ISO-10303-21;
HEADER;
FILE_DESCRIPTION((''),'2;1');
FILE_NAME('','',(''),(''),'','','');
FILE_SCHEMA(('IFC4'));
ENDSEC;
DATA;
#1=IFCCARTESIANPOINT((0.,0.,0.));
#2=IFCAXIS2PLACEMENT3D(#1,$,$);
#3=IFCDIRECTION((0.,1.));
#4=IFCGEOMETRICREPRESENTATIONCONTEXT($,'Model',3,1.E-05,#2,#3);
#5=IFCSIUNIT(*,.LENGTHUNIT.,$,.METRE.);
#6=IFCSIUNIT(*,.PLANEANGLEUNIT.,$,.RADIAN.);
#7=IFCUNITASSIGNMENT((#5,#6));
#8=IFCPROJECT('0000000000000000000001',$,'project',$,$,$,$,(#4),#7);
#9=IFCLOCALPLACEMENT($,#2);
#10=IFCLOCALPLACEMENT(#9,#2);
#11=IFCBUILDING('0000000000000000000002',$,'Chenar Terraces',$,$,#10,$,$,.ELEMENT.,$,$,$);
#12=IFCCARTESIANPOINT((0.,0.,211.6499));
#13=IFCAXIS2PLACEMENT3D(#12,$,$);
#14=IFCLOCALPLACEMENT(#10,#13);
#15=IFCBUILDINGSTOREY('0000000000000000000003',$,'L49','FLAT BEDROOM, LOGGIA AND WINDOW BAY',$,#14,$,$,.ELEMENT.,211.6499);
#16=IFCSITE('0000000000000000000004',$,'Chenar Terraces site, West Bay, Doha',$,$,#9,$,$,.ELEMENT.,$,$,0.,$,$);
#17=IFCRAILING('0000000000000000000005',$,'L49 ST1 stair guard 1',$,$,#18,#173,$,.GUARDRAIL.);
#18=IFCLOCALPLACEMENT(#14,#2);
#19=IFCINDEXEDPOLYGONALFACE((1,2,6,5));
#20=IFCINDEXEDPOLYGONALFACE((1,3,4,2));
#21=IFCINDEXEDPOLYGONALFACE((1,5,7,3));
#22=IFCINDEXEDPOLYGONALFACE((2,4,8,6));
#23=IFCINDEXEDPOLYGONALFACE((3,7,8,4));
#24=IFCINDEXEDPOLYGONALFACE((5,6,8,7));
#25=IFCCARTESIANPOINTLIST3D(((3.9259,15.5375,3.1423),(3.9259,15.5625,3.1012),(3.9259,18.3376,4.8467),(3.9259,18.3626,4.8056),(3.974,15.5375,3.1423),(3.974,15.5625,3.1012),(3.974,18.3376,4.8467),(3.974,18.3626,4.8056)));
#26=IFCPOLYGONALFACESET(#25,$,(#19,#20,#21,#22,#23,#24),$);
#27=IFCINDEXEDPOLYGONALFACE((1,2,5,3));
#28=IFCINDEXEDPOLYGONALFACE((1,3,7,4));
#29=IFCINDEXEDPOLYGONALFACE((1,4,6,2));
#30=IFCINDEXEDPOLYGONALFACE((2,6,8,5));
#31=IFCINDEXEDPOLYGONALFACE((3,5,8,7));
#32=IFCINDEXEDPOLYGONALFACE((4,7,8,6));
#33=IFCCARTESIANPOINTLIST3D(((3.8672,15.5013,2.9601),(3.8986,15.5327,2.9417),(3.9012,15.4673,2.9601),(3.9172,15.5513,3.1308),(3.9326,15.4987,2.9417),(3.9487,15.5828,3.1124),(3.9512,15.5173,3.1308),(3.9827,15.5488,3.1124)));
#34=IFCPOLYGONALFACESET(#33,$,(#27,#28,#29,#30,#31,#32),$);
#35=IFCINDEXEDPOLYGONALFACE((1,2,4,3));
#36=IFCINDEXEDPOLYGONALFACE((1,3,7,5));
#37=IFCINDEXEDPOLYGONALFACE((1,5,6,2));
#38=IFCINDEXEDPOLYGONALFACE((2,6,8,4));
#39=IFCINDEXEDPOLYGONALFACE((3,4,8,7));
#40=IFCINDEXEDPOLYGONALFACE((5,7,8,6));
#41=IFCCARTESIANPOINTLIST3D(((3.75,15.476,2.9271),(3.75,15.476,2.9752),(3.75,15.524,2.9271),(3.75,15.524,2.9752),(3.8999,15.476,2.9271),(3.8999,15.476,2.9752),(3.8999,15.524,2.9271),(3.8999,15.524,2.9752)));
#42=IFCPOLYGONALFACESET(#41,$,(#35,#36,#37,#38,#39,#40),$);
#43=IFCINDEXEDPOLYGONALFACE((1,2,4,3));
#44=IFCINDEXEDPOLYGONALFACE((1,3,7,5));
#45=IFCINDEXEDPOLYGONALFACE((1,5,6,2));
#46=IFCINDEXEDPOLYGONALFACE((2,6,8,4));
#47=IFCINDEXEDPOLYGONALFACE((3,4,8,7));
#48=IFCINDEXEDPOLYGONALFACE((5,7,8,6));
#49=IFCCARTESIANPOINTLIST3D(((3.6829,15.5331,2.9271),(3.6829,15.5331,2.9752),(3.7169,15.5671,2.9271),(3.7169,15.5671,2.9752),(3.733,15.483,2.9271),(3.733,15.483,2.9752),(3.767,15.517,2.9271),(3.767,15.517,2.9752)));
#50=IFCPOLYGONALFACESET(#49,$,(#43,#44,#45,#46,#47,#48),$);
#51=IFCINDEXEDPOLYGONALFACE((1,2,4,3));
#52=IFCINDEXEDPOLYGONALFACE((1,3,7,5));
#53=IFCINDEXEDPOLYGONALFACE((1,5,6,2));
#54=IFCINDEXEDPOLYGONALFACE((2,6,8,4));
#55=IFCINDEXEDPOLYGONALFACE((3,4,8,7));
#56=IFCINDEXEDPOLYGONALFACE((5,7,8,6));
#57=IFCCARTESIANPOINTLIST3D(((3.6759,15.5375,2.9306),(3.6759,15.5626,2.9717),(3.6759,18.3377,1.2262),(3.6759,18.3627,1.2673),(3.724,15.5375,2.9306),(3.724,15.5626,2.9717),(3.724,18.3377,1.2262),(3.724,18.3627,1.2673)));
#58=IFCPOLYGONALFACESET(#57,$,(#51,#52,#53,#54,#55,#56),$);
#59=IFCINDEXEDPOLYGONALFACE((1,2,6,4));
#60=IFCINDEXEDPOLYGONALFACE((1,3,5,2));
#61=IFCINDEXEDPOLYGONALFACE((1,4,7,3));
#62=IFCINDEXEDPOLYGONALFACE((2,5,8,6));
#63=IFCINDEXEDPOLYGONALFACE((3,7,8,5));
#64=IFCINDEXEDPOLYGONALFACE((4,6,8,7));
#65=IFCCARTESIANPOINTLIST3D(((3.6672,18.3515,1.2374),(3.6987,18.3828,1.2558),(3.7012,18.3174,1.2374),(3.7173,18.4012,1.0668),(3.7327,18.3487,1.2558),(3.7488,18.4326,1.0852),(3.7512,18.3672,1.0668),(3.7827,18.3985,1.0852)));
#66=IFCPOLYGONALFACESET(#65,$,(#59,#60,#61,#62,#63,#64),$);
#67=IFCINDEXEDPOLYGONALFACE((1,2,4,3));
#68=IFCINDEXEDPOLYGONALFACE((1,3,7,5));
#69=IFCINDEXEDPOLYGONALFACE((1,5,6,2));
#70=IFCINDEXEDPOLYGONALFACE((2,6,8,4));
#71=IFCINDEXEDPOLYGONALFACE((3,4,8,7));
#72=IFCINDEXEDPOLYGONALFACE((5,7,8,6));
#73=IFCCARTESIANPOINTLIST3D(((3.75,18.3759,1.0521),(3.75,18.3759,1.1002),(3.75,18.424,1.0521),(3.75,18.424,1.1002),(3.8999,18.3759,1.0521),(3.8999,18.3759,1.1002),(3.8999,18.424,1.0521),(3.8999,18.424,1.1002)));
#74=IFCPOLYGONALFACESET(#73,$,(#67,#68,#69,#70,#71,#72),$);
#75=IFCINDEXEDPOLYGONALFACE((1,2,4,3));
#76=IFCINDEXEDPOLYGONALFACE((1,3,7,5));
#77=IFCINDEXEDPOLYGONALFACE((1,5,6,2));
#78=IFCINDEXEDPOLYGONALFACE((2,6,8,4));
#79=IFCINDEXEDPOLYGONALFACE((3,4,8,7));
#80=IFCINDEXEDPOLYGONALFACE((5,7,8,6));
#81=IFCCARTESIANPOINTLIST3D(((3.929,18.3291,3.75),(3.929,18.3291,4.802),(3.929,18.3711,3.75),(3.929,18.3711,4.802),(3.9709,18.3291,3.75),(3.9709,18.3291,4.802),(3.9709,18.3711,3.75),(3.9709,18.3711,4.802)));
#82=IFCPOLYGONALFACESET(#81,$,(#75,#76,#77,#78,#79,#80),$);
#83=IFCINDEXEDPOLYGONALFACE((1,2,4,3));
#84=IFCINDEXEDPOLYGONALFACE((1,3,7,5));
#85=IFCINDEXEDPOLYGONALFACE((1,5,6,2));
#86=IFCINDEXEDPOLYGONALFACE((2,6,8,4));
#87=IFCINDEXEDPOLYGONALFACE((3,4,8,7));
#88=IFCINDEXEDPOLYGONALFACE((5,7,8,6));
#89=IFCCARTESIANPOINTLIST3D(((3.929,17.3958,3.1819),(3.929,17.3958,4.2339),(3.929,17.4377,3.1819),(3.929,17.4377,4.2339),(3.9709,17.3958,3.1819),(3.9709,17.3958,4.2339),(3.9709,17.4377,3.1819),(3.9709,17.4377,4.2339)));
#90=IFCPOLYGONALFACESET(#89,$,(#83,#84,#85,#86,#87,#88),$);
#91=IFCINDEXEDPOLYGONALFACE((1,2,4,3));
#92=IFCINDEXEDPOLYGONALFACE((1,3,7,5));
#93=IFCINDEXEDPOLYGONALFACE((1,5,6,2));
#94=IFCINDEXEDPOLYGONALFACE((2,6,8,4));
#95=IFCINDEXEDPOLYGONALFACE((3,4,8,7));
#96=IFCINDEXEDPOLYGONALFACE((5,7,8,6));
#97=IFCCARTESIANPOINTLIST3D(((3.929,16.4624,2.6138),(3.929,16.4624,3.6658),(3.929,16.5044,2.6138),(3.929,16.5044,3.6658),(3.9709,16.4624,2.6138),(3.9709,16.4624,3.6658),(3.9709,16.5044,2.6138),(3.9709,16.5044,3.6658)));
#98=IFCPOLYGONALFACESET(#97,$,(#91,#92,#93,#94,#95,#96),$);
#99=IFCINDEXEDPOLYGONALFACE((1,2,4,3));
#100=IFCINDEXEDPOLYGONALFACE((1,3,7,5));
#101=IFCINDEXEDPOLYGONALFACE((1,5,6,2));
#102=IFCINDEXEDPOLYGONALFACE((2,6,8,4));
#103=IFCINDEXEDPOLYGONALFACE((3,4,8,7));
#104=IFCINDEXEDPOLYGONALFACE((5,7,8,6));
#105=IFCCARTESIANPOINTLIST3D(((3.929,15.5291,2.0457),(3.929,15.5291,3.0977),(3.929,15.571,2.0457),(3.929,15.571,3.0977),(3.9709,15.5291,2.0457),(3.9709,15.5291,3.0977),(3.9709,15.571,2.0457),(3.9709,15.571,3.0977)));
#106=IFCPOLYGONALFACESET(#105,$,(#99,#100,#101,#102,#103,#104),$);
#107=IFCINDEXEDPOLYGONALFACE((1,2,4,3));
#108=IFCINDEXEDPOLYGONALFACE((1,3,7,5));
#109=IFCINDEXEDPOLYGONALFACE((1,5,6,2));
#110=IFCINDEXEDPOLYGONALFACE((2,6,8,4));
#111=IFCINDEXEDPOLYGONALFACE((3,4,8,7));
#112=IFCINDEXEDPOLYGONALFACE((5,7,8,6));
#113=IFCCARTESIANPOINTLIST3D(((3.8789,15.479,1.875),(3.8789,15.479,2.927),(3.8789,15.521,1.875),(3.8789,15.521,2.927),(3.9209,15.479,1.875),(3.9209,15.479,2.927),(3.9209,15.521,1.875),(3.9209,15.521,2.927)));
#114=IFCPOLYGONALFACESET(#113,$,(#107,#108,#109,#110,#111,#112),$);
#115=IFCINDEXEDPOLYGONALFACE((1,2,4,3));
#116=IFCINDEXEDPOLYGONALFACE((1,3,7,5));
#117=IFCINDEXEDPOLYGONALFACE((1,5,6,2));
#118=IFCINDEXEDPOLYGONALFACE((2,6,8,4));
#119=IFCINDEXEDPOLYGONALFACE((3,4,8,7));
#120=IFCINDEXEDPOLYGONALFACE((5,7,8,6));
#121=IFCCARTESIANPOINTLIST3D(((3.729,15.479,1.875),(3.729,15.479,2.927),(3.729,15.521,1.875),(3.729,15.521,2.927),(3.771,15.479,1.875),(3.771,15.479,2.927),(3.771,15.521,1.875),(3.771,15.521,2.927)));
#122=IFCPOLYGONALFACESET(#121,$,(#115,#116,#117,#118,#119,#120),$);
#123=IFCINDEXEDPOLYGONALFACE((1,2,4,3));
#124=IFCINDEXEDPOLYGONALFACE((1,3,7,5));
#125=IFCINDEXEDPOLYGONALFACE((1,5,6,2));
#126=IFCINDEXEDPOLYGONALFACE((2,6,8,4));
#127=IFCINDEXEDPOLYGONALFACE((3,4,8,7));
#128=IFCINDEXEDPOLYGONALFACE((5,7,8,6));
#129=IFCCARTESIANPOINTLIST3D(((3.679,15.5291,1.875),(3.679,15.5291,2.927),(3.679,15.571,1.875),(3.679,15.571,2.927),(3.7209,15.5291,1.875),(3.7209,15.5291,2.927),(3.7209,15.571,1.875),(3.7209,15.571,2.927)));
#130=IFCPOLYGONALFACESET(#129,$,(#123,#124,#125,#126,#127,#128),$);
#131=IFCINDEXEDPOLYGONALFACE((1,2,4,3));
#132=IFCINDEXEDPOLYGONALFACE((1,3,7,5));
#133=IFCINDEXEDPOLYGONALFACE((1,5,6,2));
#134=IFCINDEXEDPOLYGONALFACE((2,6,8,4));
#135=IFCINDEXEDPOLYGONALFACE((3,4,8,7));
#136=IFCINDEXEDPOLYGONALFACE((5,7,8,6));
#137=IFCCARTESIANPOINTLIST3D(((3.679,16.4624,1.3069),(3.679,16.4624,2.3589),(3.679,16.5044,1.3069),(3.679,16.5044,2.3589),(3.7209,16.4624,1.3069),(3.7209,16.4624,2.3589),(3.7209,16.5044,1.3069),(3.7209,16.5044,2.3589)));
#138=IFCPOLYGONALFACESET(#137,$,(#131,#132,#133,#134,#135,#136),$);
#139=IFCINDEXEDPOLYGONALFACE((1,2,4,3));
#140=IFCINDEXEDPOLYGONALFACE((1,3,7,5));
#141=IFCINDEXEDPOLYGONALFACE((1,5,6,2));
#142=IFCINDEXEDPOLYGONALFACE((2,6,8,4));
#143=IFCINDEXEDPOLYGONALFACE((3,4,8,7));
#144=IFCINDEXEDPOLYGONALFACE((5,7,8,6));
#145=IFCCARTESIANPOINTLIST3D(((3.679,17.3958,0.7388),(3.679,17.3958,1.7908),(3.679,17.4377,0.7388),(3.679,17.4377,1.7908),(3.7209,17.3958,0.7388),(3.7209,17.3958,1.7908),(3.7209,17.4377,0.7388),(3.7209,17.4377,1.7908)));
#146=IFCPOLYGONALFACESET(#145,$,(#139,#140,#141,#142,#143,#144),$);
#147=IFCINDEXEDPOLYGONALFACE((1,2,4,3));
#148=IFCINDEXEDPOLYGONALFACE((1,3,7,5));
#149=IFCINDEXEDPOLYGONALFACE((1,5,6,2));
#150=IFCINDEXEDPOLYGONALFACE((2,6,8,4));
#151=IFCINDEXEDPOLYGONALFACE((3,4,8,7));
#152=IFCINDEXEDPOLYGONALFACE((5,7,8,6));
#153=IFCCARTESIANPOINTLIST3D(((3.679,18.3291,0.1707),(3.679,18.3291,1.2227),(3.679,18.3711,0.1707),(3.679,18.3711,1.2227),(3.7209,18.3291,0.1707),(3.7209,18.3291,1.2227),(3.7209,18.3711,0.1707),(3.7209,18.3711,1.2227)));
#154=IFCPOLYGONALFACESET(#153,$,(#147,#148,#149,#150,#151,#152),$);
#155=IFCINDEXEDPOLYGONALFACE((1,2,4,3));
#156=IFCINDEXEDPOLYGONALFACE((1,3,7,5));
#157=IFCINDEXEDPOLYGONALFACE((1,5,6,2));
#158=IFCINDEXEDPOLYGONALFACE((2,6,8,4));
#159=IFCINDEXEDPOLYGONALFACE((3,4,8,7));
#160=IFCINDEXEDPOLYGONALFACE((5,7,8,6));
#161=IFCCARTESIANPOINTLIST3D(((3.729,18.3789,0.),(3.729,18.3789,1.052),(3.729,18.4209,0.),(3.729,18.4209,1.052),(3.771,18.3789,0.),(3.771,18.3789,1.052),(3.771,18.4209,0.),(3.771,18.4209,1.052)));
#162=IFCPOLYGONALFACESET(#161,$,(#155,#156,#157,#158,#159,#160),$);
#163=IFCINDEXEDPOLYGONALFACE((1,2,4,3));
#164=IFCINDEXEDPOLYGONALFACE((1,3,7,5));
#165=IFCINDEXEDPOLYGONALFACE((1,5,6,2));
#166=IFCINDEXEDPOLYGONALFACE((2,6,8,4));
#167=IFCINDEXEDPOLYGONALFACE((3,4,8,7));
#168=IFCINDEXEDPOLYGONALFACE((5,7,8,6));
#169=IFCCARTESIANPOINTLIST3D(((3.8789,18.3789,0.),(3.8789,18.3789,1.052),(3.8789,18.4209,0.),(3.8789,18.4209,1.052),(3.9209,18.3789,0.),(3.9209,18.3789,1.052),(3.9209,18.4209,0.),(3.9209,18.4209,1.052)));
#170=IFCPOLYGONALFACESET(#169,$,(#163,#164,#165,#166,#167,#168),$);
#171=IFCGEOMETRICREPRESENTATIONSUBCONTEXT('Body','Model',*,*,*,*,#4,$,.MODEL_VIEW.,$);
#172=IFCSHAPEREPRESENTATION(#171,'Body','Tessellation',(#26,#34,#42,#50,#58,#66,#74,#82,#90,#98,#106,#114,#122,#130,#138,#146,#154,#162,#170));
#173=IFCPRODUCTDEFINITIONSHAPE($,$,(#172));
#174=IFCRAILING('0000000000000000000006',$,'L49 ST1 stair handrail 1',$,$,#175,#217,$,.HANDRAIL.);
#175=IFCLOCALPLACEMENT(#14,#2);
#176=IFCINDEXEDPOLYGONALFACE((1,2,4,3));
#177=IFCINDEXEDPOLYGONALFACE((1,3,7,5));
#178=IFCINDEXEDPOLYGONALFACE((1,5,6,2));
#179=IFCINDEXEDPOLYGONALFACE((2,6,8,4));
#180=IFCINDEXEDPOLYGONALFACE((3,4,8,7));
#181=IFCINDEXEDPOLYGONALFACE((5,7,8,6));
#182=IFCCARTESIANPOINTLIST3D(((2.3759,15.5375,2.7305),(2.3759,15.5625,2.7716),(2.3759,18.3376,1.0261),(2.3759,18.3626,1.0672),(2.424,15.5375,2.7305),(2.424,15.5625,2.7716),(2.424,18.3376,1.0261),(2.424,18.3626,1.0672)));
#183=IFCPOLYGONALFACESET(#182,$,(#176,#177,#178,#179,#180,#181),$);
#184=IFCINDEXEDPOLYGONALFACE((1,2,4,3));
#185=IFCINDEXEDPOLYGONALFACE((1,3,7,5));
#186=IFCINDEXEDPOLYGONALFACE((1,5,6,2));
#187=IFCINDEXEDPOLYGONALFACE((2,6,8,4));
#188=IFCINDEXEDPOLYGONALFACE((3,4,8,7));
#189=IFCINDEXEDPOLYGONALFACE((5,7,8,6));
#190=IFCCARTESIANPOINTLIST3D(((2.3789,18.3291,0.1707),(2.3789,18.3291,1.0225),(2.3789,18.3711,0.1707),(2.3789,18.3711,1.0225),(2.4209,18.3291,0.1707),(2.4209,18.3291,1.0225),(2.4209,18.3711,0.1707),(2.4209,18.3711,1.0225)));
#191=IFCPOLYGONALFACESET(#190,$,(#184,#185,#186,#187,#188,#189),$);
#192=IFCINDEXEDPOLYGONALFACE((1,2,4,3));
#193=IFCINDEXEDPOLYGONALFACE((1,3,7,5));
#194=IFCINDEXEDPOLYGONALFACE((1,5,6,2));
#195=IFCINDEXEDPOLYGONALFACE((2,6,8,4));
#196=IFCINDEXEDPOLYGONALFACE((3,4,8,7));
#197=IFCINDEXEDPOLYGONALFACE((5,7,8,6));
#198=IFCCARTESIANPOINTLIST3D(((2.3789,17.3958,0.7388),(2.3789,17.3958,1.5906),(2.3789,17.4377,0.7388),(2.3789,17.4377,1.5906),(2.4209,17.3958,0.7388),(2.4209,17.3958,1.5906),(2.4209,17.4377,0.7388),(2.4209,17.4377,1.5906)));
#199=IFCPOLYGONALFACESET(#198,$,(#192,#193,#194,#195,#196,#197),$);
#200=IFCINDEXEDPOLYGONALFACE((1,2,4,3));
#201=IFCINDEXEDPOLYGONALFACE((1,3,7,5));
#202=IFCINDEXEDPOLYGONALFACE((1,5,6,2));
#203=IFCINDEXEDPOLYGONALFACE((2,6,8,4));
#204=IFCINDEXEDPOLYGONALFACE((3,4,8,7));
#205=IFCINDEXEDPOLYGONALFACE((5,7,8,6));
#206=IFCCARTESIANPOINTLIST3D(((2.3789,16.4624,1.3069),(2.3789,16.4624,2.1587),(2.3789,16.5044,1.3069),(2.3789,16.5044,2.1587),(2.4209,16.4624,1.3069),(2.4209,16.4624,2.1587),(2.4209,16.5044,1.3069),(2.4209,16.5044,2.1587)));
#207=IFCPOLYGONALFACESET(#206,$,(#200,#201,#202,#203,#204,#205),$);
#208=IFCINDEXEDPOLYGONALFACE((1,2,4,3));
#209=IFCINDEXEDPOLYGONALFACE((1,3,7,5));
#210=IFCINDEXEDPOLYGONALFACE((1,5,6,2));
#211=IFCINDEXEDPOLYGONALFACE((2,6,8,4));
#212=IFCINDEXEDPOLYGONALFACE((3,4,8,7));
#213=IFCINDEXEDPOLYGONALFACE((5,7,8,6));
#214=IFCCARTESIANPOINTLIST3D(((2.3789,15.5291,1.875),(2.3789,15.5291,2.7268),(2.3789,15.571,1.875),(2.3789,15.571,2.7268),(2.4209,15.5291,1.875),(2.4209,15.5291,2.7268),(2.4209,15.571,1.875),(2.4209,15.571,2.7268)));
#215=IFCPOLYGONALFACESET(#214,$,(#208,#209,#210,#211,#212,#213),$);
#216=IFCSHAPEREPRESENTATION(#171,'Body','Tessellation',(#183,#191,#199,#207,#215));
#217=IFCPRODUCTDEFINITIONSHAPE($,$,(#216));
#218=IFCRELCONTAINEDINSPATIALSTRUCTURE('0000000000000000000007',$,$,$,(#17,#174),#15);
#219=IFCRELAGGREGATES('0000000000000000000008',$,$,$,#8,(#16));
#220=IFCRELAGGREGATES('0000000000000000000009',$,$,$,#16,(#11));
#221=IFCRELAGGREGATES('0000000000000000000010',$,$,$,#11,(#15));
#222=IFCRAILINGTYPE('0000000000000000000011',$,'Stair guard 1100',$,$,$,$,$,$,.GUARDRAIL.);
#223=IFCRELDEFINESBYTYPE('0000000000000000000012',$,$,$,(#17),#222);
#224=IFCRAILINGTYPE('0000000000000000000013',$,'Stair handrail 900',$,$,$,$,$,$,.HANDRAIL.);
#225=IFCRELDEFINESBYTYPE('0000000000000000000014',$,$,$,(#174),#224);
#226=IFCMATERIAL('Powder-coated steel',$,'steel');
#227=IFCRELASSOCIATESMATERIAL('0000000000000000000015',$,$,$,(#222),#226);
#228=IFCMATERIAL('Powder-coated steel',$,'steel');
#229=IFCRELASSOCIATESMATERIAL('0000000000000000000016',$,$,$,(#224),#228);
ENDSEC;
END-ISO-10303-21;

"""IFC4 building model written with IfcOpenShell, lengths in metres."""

from ifc_helpers import new_model, si_unit, direction, frame, origin, origin_2d, place, context, subcontext, project, spatial, rectangle, extrude, material, type_object, element, save


model = new_model("IFC4")

# Units and contexts
model_context = context("Model", 3, precision=1e-05, world=origin(), true_north=direction((0.0, 1.0)))
body_context = subcontext(model_context, "Body", "Model", "MODEL_VIEW")
ifc_project = project(units=[si_unit("LENGTHUNIT", "METRE"), si_unit("PLANEANGLEUNIT", "RADIAN")], contexts=[model_context])

# Site, building, storey
site_placement = place(None, origin())
site = spatial("IfcSite", under=ifc_project, at=site_placement, Name="Chenar Terraces site, West Bay, Doha", CompositionType="ELEMENT", RefElevation=0.0)
building_placement = place(site_placement, origin())
building = spatial("IfcBuilding", under=site, at=building_placement, Name="Chenar Terraces", CompositionType="ELEMENT")
storey_placement = place(building_placement, frame((0.0, 0.0, 211.6499)))
storey = spatial("IfcBuildingStorey", under=building, at=storey_placement, Name="L49", Description="FLAT BEDROOM, LOGGIA AND WINDOW BAY", CompositionType="ELEMENT", Elevation=211.6499)

# Railings
ifc_material_1 = material(Name="Powder-coated steel", Category="steel")
railing_type_1 = type_object("IfcRailingType", Name="Stair guard 1100", PredefinedType="GUARDRAIL", material=ifc_material_1)
railing_1_placement = place(storey_placement, frame((3.95, 18.3501, 3.75)))
element("IfcRailing", 1, at=railing_1_placement, inside=storey, type_object=railing_type_1, Name="L49 ST1 stair guard 1", PredefinedType="GUARDRAIL", context=body_context, shape_type="SweptSolid", body=[
    extrude(rectangle(XDim=0.0481, YDim=0.0481, at=origin_2d()), frame((0.0, 0.0, 1.0762), z_axis=(0.0, -0.854203, -0.51994), x_axis=(1.0, 0.0, 0.0)), (0.0, 0.0, 1.0), 3.2781),
    extrude(rectangle(XDim=0.0481, YDim=0.0481, at=origin_2d()), frame((0.0, -2.8, -0.6284), z_axis=(-0.2709, -0.2709, -0.923703), x_axis=(0.707107, -0.707107, 0.0)), (0.0, 0.0, 1.0), 0.1848),
    extrude(rectangle(XDim=0.0481, YDim=0.0481, at=origin_2d()), frame((-0.05, -2.8501, -0.7988), z_axis=(-1.0, 0.0, 0.0), x_axis=(0.0, -1.0, 0.0)), (0.0, 0.0, 1.0), 0.1499),
    extrude(rectangle(XDim=0.0481, YDim=0.0481, at=origin_2d()), frame((-0.2, -2.8501, -0.7988), z_axis=(-0.707107, 0.707107, 0.0), x_axis=(-0.707107, -0.707107, 0.0)), (0.0, 0.0, 1.0), 0.0708),
    extrude(rectangle(XDim=0.0481, YDim=0.0481, at=origin_2d()), frame((-0.25, -2.8, -0.7988), z_axis=(0.0, 0.854203, -0.51994), x_axis=(-1.0, 0.0, 0.0)), (0.0, 0.0, 1.0), 3.2781),
    extrude(rectangle(XDim=0.0481, YDim=0.0481, at=origin_2d()), frame((-0.25, 0.0, -2.5034), z_axis=(0.270997, 0.269675, -0.924033), x_axis=(-0.705376, 0.708834, 0.0)), (0.0, 0.0, 1.0), 0.1846),
    extrude(rectangle(XDim=0.0481, YDim=0.0481, at=origin_2d()), frame((-0.2, 0.0498, -2.6738), z_axis=(1.0, 0.0, 0.0), x_axis=(0.0, 1.0, 0.0)), (0.0, 0.0, 1.0), 0.1499),
    extrude(rectangle(XDim=0.042, YDim=0.042, at=origin_2d()), origin(), (0.0, 0.0, 1.0), 1.052),
    extrude(rectangle(XDim=0.042, YDim=0.042, at=origin_2d()), frame((0.0, -0.9333, -0.5681)), (0.0, 0.0, 1.0), 1.052),
    extrude(rectangle(XDim=0.042, YDim=0.042, at=origin_2d()), frame((0.0, -1.8667, -1.1362)), (0.0, 0.0, 1.0), 1.052),
    extrude(rectangle(XDim=0.042, YDim=0.042, at=origin_2d()), frame((0.0, -2.8, -1.7043)), (0.0, 0.0, 1.0), 1.052),
    extrude(rectangle(XDim=0.042, YDim=0.042, at=origin_2d()), frame((-0.05, -2.8501, -1.875)), (0.0, 0.0, 1.0), 1.052),
    extrude(rectangle(XDim=0.042, YDim=0.042, at=origin_2d()), frame((-0.2, -2.8501, -1.875)), (0.0, 0.0, 1.0), 1.052),
    extrude(rectangle(XDim=0.042, YDim=0.042, at=origin_2d()), frame((-0.25, -2.8, -1.875)), (0.0, 0.0, 1.0), 1.052),
    extrude(rectangle(XDim=0.042, YDim=0.042, at=origin_2d()), frame((-0.25, -1.8667, -2.4431)), (0.0, 0.0, 1.0), 1.052),
    extrude(rectangle(XDim=0.042, YDim=0.042, at=origin_2d()), frame((-0.25, -0.9333, -3.0112)), (0.0, 0.0, 1.0), 1.052),
    extrude(rectangle(XDim=0.042, YDim=0.042, at=origin_2d()), frame((-0.25, 0.0, -3.5793)), (0.0, 0.0, 1.0), 1.052),
    extrude(rectangle(XDim=0.042, YDim=0.042, at=origin_2d()), frame((-0.2, 0.0498, -3.75)), (0.0, 0.0, 1.0), 1.052),
    extrude(rectangle(XDim=0.042, YDim=0.042, at=origin_2d()), frame((-0.05, 0.0498, -3.75)), (0.0, 0.0, 1.0), 1.052),
])
ifc_material_2 = material(Name="Powder-coated steel", Category="steel")
railing_type_2 = type_object("IfcRailingType", Name="Stair handrail 900", PredefinedType="HANDRAIL", material=ifc_material_2)
railing_2_placement = place(storey_placement, frame((2.3999, 18.3501, 0.1707)))
element("IfcRailing", 2, at=railing_2_placement, inside=storey, type_object=railing_type_2, Name="L49 ST1 stair handrail 1", PredefinedType="HANDRAIL", context=body_context, shape_type="SweptSolid", body=[
    extrude(rectangle(XDim=0.0481, YDim=0.0481, at=origin_2d()), frame((0.0, 0.0, 0.876), z_axis=(0.0, -0.854203, 0.51994), x_axis=(1.0, 0.0, 0.0)), (0.0, 0.0, 1.0), 3.2781),
    extrude(rectangle(XDim=0.042, YDim=0.042, at=origin_2d()), origin(), (0.0, 0.0, 1.0), 0.8518),
    extrude(rectangle(XDim=0.042, YDim=0.042, at=origin_2d()), frame((0.0, -0.9333, 0.5681)), (0.0, 0.0, 1.0), 0.8518),
    extrude(rectangle(XDim=0.042, YDim=0.042, at=origin_2d()), frame((0.0, -1.8667, 1.1362)), (0.0, 0.0, 1.0), 0.8518),
    extrude(rectangle(XDim=0.042, YDim=0.042, at=origin_2d()), frame((0.0, -2.8, 1.7043)), (0.0, 0.0, 1.0), 0.8518),
])

save(model, "model.ifc")
